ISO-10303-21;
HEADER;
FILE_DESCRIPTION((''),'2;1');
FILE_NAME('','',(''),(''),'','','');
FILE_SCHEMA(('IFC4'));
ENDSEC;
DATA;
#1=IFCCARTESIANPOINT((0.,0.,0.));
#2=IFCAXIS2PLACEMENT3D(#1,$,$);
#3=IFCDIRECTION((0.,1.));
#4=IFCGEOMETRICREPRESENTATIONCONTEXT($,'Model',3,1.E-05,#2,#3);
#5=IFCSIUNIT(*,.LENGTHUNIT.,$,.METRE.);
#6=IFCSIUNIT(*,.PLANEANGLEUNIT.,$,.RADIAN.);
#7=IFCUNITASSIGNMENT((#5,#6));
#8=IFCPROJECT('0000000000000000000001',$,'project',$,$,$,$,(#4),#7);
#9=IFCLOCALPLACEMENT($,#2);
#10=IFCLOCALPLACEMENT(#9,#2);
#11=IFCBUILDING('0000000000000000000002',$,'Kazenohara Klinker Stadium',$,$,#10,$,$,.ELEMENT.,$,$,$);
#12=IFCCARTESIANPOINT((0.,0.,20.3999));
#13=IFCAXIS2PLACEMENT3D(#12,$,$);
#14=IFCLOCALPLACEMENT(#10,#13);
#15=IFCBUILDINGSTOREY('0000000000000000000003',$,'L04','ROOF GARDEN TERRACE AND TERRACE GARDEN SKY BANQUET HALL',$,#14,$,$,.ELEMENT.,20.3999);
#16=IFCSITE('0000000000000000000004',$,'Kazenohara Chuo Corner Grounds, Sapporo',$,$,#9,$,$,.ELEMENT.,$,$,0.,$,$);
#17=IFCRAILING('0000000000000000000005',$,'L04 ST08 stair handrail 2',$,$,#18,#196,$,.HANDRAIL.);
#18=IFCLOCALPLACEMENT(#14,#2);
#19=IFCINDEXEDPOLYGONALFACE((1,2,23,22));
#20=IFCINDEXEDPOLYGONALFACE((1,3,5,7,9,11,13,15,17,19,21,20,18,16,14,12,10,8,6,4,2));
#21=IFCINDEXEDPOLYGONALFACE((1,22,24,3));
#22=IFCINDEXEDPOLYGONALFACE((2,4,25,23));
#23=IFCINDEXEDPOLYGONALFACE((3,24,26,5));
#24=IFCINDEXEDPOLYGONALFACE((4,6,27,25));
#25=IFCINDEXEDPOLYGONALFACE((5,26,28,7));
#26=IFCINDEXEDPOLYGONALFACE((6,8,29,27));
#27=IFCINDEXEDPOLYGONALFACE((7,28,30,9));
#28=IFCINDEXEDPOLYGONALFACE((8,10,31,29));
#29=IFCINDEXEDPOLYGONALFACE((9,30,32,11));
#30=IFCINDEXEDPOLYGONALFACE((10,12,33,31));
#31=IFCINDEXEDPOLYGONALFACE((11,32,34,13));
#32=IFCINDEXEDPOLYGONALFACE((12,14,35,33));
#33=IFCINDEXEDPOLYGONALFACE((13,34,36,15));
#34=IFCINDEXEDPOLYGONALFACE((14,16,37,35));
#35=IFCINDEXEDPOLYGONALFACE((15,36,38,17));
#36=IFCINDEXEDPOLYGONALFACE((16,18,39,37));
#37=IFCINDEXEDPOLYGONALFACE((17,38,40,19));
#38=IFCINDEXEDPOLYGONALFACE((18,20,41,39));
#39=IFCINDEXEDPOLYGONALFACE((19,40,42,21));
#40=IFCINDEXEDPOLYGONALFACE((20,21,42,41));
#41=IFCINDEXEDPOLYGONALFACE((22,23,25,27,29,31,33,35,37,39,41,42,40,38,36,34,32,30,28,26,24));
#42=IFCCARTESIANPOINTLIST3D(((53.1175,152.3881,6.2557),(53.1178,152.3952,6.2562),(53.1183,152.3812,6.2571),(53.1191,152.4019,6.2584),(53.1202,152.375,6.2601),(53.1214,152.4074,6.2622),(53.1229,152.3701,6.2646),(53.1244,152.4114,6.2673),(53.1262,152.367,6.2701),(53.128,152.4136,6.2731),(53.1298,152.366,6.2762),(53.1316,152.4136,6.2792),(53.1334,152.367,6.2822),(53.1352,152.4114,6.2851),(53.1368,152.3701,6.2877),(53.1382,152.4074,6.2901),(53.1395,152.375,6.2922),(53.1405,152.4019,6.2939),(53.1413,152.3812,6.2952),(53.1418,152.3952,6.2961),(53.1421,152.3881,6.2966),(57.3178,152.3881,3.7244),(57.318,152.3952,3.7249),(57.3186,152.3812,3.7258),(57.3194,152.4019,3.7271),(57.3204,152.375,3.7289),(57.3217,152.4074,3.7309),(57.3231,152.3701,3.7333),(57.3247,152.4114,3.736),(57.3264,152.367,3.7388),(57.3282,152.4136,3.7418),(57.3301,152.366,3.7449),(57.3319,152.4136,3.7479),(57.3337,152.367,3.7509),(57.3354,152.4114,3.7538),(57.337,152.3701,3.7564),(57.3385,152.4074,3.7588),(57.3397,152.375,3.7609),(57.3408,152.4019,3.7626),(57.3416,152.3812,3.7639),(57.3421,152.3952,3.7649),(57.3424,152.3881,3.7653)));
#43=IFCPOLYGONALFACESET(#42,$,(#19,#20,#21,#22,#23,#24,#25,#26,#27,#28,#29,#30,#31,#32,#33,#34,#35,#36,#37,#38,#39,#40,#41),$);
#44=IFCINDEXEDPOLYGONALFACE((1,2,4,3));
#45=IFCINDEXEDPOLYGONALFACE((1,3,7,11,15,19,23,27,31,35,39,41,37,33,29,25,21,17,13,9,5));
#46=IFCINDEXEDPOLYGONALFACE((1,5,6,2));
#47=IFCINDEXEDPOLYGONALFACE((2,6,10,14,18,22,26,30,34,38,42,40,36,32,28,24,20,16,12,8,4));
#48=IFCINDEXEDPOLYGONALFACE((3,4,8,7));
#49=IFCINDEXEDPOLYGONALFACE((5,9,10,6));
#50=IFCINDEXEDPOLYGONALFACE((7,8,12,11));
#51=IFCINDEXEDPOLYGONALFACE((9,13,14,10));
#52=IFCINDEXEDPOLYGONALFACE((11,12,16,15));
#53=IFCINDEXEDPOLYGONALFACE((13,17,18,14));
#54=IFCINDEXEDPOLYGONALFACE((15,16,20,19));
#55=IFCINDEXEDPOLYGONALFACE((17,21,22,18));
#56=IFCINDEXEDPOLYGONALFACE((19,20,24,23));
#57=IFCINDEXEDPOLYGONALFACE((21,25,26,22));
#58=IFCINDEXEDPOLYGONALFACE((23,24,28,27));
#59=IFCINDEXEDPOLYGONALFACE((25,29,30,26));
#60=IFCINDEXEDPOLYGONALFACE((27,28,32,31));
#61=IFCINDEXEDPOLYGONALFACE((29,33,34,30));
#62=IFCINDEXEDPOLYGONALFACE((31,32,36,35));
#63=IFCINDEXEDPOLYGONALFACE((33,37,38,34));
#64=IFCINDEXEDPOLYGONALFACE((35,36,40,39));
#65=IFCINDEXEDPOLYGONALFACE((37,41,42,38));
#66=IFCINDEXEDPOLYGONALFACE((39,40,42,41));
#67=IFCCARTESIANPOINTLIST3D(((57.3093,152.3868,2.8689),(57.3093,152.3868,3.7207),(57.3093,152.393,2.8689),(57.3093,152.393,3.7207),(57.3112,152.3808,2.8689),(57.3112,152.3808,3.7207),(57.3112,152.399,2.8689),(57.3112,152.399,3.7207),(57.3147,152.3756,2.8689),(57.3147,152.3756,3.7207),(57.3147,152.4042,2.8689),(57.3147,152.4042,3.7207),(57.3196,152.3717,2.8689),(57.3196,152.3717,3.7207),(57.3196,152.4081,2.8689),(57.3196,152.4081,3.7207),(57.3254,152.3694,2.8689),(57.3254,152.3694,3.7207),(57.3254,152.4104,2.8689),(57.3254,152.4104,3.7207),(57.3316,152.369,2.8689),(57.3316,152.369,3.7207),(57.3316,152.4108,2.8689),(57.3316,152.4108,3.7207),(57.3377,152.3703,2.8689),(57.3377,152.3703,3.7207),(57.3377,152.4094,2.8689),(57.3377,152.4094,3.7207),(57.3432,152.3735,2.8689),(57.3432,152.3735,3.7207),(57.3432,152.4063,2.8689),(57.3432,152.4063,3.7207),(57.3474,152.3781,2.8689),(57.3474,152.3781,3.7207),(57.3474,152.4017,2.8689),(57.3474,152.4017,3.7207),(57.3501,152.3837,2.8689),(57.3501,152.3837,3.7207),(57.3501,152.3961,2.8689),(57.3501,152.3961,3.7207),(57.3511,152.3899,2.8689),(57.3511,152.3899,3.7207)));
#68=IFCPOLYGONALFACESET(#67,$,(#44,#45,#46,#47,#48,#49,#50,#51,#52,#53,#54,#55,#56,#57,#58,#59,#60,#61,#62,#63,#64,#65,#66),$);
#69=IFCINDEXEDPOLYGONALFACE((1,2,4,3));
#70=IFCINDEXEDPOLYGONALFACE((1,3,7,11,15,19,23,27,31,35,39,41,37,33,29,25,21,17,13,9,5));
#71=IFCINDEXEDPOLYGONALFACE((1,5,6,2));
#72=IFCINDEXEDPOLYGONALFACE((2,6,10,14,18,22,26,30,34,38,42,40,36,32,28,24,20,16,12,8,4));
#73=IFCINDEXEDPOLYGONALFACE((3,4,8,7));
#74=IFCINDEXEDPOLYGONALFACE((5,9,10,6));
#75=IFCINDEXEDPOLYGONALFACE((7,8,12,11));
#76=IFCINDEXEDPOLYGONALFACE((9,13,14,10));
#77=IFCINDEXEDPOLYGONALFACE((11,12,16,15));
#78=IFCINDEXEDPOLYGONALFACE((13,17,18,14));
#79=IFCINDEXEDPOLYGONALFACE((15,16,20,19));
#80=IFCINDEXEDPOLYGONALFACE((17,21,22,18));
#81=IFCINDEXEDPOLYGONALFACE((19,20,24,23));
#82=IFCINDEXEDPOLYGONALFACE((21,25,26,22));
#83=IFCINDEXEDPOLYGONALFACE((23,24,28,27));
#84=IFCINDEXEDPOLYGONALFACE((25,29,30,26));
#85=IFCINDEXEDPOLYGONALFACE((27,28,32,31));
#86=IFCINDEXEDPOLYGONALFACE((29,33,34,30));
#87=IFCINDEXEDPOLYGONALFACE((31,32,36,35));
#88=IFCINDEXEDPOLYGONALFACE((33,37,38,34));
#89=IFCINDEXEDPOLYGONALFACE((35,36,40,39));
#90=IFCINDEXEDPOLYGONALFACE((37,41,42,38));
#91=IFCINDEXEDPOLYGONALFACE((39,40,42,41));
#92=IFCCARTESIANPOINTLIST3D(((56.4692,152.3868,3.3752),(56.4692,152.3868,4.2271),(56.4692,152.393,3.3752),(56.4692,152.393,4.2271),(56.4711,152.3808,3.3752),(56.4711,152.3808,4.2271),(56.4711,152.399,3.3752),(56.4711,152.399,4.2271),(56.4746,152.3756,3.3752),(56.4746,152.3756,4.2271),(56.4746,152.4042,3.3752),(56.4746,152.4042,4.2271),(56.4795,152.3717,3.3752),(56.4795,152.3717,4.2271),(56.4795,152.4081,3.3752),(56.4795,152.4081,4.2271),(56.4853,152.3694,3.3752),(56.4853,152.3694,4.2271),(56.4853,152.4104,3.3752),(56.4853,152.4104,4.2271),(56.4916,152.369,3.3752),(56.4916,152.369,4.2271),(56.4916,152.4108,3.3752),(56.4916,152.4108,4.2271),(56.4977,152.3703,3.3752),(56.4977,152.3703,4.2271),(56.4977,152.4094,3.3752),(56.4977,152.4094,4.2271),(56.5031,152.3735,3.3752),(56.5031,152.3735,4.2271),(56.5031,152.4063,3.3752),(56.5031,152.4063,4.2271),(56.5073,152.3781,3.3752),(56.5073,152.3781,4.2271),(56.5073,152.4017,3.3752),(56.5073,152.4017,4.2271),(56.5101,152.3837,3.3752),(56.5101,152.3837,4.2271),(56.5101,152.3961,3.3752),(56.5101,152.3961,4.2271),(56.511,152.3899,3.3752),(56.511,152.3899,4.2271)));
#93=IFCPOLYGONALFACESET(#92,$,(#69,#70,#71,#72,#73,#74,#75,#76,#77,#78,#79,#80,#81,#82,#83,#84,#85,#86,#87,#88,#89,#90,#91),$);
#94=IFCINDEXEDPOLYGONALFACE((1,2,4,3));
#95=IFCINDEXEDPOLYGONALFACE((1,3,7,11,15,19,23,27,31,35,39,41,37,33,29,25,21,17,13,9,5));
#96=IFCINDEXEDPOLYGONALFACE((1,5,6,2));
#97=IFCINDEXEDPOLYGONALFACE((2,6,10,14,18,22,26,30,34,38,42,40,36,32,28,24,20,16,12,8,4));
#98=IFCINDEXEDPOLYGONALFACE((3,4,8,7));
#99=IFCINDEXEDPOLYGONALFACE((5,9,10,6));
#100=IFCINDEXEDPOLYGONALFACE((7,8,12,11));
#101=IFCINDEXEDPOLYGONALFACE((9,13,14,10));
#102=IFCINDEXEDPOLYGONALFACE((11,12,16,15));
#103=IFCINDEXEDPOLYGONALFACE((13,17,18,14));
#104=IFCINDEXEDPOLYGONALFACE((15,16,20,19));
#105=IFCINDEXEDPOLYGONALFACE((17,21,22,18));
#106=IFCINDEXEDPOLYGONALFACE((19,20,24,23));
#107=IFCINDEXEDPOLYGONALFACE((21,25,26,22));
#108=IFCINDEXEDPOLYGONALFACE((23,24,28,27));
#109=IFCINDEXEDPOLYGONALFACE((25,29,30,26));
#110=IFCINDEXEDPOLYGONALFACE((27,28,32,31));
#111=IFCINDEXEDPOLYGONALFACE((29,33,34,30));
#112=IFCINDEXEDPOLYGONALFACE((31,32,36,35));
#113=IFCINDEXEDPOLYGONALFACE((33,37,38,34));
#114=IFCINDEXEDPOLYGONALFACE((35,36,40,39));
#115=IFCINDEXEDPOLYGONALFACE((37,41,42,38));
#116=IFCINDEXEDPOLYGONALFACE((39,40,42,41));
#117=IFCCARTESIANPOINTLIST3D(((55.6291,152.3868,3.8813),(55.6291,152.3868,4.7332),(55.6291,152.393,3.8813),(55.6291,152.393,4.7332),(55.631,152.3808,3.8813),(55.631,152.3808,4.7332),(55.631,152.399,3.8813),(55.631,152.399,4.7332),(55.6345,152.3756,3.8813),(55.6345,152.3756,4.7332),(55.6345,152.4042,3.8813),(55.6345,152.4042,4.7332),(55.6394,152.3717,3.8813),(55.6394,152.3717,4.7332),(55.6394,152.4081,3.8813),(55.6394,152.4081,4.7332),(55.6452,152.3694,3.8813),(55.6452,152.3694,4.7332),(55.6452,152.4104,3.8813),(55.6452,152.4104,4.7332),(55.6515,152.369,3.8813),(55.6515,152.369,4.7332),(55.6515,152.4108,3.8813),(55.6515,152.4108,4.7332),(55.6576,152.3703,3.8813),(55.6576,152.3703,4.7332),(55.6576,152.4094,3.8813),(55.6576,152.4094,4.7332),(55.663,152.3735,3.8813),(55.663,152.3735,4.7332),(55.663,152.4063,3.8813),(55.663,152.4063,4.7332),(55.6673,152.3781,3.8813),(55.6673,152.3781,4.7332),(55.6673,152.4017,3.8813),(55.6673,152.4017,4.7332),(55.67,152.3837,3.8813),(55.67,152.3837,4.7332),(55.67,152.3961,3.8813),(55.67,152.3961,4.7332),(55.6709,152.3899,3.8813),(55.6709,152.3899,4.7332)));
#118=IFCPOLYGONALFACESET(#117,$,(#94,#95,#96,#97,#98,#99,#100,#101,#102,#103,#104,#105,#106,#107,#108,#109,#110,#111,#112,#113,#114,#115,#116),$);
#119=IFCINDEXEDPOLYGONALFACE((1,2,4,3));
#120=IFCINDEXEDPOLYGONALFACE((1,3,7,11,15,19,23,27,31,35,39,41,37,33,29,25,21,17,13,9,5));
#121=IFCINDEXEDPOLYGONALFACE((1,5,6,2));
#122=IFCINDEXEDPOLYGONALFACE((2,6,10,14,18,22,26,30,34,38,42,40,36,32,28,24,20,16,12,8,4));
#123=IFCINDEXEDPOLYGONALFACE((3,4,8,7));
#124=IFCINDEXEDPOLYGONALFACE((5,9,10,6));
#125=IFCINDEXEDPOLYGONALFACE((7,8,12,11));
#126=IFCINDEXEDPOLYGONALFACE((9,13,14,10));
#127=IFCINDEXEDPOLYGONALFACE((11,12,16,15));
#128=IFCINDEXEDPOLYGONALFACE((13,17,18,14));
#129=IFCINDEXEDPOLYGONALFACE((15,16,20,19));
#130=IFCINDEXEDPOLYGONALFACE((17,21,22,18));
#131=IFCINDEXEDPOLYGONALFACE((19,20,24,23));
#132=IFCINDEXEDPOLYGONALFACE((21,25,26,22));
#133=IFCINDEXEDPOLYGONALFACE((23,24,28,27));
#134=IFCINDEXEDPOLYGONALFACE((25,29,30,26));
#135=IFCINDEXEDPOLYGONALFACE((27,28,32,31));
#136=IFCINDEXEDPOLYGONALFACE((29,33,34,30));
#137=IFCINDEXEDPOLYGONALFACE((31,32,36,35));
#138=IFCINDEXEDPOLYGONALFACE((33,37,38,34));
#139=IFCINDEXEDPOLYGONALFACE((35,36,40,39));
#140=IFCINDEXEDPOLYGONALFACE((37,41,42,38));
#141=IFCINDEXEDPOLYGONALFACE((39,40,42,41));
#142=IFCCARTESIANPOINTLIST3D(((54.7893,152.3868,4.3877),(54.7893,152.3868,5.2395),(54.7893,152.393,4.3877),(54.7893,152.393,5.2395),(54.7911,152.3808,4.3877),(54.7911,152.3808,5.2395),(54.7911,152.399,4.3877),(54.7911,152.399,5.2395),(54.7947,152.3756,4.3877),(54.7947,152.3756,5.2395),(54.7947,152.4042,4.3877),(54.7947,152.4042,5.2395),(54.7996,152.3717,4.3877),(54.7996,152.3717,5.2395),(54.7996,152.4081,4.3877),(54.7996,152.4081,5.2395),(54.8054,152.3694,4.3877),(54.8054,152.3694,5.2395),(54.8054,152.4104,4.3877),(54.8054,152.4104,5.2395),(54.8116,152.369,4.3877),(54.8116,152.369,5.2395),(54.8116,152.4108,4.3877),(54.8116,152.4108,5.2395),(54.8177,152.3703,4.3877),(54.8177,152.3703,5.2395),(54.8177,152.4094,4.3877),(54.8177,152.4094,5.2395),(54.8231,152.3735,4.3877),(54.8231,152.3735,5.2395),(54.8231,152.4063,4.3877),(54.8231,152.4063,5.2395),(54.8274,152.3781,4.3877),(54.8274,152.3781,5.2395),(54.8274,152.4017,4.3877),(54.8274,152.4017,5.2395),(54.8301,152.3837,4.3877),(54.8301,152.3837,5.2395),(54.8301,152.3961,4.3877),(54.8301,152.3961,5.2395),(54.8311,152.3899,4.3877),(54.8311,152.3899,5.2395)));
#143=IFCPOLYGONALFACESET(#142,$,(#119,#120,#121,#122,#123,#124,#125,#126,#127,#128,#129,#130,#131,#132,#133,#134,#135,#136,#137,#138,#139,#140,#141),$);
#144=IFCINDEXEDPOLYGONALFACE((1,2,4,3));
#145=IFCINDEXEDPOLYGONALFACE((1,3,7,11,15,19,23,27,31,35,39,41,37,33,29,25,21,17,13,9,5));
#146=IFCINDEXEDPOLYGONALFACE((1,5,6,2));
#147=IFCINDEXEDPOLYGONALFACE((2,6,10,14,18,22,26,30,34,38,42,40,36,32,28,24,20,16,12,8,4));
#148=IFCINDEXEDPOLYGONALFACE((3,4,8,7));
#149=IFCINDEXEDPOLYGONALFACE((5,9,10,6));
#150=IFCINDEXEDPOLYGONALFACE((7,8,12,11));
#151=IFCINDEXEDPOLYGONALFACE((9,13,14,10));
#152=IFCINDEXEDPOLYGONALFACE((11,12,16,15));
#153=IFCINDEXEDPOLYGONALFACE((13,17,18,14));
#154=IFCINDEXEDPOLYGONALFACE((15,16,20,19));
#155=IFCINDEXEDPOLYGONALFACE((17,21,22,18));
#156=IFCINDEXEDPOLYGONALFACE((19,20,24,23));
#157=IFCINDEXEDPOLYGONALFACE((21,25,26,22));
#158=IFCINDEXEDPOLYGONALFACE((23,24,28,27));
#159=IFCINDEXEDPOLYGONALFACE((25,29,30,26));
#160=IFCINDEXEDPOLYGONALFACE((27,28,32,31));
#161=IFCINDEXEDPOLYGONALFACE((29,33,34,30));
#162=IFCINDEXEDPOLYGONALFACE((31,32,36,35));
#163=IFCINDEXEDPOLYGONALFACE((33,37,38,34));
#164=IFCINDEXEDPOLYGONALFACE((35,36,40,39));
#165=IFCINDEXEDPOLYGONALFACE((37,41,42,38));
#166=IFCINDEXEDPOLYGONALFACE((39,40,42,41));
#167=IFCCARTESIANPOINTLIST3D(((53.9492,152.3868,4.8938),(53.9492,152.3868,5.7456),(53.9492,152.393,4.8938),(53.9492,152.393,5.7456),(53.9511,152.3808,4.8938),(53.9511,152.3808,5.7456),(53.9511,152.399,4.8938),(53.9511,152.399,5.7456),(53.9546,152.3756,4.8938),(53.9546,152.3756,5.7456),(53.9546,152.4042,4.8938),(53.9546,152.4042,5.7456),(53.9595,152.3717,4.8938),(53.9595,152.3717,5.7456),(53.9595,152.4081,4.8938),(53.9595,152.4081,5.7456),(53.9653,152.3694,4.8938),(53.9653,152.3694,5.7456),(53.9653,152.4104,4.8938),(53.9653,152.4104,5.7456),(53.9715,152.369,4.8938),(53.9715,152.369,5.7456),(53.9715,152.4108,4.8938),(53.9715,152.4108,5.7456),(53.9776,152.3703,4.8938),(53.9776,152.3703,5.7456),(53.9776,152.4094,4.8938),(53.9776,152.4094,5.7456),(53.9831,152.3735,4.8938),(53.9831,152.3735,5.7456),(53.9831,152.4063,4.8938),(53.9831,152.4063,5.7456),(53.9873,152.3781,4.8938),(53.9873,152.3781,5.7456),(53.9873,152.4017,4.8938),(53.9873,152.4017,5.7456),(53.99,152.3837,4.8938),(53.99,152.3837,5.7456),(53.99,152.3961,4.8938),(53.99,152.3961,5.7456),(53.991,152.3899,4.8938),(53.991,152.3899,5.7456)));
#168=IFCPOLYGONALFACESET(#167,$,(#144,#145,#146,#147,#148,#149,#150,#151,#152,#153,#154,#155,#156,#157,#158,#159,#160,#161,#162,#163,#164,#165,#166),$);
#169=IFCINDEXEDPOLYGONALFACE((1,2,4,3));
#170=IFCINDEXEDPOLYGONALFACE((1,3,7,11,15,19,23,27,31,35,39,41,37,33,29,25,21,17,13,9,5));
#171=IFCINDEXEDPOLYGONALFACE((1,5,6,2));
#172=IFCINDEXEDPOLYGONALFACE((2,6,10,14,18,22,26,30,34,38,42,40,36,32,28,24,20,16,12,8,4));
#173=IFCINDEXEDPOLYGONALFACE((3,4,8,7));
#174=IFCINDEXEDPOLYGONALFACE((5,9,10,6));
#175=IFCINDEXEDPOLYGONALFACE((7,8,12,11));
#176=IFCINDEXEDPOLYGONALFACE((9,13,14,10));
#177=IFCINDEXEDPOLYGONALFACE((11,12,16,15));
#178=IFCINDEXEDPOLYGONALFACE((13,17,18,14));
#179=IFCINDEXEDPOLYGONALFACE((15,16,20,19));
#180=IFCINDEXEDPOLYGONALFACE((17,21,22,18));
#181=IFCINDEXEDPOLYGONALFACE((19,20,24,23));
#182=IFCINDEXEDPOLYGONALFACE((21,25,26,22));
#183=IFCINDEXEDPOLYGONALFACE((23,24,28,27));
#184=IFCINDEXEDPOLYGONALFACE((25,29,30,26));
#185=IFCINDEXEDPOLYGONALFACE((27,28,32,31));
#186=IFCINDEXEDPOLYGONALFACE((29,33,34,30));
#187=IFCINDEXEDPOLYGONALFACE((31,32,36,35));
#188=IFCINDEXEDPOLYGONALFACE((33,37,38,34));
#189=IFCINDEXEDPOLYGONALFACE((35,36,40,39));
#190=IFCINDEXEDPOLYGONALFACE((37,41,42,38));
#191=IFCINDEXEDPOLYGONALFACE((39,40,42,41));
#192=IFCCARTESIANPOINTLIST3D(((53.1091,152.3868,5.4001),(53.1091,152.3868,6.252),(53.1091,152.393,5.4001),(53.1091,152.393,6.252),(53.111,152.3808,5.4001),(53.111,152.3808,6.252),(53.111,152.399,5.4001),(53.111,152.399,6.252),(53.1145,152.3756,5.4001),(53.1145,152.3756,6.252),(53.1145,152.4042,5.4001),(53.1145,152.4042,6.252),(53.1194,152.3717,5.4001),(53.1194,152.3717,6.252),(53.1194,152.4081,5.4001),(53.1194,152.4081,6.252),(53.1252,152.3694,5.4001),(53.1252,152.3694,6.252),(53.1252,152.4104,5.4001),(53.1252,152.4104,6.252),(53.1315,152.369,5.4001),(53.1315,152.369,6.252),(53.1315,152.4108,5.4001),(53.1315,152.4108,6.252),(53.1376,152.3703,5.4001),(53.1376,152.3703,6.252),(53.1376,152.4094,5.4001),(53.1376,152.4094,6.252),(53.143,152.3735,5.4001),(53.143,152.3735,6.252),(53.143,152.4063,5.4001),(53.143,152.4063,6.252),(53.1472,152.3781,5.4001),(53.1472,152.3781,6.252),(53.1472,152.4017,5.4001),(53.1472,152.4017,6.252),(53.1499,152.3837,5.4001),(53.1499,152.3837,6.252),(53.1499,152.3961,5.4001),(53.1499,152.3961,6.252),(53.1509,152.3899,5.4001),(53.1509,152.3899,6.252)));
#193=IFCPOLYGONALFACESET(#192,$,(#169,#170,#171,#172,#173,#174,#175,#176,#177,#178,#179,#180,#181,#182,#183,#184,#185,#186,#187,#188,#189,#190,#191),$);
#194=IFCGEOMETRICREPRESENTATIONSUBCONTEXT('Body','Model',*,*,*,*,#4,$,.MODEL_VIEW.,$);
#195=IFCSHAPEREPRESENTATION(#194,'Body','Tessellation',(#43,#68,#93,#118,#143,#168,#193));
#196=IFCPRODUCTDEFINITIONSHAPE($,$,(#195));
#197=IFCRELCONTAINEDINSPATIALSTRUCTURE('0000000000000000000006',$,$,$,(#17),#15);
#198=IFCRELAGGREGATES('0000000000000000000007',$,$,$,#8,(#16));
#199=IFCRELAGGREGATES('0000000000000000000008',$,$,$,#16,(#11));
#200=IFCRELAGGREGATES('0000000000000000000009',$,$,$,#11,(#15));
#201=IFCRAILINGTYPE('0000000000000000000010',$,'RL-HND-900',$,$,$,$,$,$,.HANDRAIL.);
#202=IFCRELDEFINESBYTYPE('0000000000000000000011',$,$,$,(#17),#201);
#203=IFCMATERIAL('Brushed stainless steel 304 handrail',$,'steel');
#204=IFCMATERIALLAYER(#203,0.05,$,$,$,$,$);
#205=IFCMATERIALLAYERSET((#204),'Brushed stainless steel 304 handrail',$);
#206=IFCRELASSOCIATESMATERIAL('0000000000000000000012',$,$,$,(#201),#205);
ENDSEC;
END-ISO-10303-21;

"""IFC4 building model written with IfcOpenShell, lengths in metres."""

from ifc_helpers import new_model, si_unit, direction, frame, origin, origin_2d, place, context, subcontext, project, spatial, circle, extrude, material, layer, layer_set, type_object, element, save


model = new_model("IFC4")

# Units and contexts
model_context = context("Model", 3, precision=1e-05, world=origin(), true_north=direction((0.0, 1.0)))
body_context = subcontext(model_context, "Body", "Model", "MODEL_VIEW")
ifc_project = project(units=[si_unit("LENGTHUNIT", "METRE"), si_unit("PLANEANGLEUNIT", "RADIAN")], contexts=[model_context])

# Site, building, storey
site_placement = place(None, origin())
site = spatial("IfcSite", under=ifc_project, at=site_placement, Name="Kazenohara Chuo Corner Grounds, Sapporo", CompositionType="ELEMENT", RefElevation=0.0)
building_placement = place(site_placement, origin())
building = spatial("IfcBuilding", under=site, at=building_placement, Name="Kazenohara Klinker Stadium", CompositionType="ELEMENT")
storey_placement = place(building_placement, frame((0.0, 0.0, 20.3999)))
storey = spatial("IfcBuildingStorey", under=building, at=storey_placement, Name="L04", Description="ROOF GARDEN TERRACE AND TERRACE GARDEN SKY BANQUET HALL", CompositionType="ELEMENT", Elevation=20.3999)

# Railing
ifc_material_1 = material(Name="Brushed stainless steel 304 handrail", Category="steel")
ifc_layer_1 = layer(ifc_material_1, 0.05)
ifc_layer_set_1 = layer_set([ifc_layer_1], Name="Brushed stainless steel 304 handrail")
railing_type_1 = type_object("IfcRailingType", Name="RL-HND-900", PredefinedType="HANDRAIL", material=ifc_layer_set_1)
railing_1_placement = place(storey_placement, frame((57.3301, 152.3899, 2.8689)))
element("IfcRailing", 1, at=railing_1_placement, inside=storey, type_object=railing_type_1, Name="L04 ST08 stair handrail 2", PredefinedType="HANDRAIL", context=body_context, shape_type="SweptSolid", body=[
    extrude(circle(Radius=0.0239, at=origin_2d()), frame((0.0, 0.0, 0.876), z_axis=(-0.85649, 0.0, 0.516164), x_axis=(0.0, -1.0, 0.0)), (0.0, 0.0, 1.0), 4.9041),
    extrude(circle(Radius=0.021, at=origin_2d()), origin(), (0.0, 0.0, 1.0), 0.8518),
    extrude(circle(Radius=0.021, at=origin_2d()), frame((-0.8401, 0.0, 0.5063)), (0.0, 0.0, 1.0), 0.8518),
    extrude(circle(Radius=0.021, at=origin_2d()), frame((-1.6802, 0.0, 1.0125)), (0.0, 0.0, 1.0), 0.8518),
    extrude(circle(Radius=0.021, at=origin_2d()), frame((-2.52, 0.0, 1.5188)), (0.0, 0.0, 1.0), 0.8518),
    extrude(circle(Radius=0.021, at=origin_2d()), frame((-3.3601, 0.0, 2.0249)), (0.0, 0.0, 1.0), 0.8518),
    extrude(circle(Radius=0.021, at=origin_2d()), frame((-4.2002, 0.0, 2.5312)), (0.0, 0.0, 1.0), 0.8518),
])

save(model, "model.ifc")
